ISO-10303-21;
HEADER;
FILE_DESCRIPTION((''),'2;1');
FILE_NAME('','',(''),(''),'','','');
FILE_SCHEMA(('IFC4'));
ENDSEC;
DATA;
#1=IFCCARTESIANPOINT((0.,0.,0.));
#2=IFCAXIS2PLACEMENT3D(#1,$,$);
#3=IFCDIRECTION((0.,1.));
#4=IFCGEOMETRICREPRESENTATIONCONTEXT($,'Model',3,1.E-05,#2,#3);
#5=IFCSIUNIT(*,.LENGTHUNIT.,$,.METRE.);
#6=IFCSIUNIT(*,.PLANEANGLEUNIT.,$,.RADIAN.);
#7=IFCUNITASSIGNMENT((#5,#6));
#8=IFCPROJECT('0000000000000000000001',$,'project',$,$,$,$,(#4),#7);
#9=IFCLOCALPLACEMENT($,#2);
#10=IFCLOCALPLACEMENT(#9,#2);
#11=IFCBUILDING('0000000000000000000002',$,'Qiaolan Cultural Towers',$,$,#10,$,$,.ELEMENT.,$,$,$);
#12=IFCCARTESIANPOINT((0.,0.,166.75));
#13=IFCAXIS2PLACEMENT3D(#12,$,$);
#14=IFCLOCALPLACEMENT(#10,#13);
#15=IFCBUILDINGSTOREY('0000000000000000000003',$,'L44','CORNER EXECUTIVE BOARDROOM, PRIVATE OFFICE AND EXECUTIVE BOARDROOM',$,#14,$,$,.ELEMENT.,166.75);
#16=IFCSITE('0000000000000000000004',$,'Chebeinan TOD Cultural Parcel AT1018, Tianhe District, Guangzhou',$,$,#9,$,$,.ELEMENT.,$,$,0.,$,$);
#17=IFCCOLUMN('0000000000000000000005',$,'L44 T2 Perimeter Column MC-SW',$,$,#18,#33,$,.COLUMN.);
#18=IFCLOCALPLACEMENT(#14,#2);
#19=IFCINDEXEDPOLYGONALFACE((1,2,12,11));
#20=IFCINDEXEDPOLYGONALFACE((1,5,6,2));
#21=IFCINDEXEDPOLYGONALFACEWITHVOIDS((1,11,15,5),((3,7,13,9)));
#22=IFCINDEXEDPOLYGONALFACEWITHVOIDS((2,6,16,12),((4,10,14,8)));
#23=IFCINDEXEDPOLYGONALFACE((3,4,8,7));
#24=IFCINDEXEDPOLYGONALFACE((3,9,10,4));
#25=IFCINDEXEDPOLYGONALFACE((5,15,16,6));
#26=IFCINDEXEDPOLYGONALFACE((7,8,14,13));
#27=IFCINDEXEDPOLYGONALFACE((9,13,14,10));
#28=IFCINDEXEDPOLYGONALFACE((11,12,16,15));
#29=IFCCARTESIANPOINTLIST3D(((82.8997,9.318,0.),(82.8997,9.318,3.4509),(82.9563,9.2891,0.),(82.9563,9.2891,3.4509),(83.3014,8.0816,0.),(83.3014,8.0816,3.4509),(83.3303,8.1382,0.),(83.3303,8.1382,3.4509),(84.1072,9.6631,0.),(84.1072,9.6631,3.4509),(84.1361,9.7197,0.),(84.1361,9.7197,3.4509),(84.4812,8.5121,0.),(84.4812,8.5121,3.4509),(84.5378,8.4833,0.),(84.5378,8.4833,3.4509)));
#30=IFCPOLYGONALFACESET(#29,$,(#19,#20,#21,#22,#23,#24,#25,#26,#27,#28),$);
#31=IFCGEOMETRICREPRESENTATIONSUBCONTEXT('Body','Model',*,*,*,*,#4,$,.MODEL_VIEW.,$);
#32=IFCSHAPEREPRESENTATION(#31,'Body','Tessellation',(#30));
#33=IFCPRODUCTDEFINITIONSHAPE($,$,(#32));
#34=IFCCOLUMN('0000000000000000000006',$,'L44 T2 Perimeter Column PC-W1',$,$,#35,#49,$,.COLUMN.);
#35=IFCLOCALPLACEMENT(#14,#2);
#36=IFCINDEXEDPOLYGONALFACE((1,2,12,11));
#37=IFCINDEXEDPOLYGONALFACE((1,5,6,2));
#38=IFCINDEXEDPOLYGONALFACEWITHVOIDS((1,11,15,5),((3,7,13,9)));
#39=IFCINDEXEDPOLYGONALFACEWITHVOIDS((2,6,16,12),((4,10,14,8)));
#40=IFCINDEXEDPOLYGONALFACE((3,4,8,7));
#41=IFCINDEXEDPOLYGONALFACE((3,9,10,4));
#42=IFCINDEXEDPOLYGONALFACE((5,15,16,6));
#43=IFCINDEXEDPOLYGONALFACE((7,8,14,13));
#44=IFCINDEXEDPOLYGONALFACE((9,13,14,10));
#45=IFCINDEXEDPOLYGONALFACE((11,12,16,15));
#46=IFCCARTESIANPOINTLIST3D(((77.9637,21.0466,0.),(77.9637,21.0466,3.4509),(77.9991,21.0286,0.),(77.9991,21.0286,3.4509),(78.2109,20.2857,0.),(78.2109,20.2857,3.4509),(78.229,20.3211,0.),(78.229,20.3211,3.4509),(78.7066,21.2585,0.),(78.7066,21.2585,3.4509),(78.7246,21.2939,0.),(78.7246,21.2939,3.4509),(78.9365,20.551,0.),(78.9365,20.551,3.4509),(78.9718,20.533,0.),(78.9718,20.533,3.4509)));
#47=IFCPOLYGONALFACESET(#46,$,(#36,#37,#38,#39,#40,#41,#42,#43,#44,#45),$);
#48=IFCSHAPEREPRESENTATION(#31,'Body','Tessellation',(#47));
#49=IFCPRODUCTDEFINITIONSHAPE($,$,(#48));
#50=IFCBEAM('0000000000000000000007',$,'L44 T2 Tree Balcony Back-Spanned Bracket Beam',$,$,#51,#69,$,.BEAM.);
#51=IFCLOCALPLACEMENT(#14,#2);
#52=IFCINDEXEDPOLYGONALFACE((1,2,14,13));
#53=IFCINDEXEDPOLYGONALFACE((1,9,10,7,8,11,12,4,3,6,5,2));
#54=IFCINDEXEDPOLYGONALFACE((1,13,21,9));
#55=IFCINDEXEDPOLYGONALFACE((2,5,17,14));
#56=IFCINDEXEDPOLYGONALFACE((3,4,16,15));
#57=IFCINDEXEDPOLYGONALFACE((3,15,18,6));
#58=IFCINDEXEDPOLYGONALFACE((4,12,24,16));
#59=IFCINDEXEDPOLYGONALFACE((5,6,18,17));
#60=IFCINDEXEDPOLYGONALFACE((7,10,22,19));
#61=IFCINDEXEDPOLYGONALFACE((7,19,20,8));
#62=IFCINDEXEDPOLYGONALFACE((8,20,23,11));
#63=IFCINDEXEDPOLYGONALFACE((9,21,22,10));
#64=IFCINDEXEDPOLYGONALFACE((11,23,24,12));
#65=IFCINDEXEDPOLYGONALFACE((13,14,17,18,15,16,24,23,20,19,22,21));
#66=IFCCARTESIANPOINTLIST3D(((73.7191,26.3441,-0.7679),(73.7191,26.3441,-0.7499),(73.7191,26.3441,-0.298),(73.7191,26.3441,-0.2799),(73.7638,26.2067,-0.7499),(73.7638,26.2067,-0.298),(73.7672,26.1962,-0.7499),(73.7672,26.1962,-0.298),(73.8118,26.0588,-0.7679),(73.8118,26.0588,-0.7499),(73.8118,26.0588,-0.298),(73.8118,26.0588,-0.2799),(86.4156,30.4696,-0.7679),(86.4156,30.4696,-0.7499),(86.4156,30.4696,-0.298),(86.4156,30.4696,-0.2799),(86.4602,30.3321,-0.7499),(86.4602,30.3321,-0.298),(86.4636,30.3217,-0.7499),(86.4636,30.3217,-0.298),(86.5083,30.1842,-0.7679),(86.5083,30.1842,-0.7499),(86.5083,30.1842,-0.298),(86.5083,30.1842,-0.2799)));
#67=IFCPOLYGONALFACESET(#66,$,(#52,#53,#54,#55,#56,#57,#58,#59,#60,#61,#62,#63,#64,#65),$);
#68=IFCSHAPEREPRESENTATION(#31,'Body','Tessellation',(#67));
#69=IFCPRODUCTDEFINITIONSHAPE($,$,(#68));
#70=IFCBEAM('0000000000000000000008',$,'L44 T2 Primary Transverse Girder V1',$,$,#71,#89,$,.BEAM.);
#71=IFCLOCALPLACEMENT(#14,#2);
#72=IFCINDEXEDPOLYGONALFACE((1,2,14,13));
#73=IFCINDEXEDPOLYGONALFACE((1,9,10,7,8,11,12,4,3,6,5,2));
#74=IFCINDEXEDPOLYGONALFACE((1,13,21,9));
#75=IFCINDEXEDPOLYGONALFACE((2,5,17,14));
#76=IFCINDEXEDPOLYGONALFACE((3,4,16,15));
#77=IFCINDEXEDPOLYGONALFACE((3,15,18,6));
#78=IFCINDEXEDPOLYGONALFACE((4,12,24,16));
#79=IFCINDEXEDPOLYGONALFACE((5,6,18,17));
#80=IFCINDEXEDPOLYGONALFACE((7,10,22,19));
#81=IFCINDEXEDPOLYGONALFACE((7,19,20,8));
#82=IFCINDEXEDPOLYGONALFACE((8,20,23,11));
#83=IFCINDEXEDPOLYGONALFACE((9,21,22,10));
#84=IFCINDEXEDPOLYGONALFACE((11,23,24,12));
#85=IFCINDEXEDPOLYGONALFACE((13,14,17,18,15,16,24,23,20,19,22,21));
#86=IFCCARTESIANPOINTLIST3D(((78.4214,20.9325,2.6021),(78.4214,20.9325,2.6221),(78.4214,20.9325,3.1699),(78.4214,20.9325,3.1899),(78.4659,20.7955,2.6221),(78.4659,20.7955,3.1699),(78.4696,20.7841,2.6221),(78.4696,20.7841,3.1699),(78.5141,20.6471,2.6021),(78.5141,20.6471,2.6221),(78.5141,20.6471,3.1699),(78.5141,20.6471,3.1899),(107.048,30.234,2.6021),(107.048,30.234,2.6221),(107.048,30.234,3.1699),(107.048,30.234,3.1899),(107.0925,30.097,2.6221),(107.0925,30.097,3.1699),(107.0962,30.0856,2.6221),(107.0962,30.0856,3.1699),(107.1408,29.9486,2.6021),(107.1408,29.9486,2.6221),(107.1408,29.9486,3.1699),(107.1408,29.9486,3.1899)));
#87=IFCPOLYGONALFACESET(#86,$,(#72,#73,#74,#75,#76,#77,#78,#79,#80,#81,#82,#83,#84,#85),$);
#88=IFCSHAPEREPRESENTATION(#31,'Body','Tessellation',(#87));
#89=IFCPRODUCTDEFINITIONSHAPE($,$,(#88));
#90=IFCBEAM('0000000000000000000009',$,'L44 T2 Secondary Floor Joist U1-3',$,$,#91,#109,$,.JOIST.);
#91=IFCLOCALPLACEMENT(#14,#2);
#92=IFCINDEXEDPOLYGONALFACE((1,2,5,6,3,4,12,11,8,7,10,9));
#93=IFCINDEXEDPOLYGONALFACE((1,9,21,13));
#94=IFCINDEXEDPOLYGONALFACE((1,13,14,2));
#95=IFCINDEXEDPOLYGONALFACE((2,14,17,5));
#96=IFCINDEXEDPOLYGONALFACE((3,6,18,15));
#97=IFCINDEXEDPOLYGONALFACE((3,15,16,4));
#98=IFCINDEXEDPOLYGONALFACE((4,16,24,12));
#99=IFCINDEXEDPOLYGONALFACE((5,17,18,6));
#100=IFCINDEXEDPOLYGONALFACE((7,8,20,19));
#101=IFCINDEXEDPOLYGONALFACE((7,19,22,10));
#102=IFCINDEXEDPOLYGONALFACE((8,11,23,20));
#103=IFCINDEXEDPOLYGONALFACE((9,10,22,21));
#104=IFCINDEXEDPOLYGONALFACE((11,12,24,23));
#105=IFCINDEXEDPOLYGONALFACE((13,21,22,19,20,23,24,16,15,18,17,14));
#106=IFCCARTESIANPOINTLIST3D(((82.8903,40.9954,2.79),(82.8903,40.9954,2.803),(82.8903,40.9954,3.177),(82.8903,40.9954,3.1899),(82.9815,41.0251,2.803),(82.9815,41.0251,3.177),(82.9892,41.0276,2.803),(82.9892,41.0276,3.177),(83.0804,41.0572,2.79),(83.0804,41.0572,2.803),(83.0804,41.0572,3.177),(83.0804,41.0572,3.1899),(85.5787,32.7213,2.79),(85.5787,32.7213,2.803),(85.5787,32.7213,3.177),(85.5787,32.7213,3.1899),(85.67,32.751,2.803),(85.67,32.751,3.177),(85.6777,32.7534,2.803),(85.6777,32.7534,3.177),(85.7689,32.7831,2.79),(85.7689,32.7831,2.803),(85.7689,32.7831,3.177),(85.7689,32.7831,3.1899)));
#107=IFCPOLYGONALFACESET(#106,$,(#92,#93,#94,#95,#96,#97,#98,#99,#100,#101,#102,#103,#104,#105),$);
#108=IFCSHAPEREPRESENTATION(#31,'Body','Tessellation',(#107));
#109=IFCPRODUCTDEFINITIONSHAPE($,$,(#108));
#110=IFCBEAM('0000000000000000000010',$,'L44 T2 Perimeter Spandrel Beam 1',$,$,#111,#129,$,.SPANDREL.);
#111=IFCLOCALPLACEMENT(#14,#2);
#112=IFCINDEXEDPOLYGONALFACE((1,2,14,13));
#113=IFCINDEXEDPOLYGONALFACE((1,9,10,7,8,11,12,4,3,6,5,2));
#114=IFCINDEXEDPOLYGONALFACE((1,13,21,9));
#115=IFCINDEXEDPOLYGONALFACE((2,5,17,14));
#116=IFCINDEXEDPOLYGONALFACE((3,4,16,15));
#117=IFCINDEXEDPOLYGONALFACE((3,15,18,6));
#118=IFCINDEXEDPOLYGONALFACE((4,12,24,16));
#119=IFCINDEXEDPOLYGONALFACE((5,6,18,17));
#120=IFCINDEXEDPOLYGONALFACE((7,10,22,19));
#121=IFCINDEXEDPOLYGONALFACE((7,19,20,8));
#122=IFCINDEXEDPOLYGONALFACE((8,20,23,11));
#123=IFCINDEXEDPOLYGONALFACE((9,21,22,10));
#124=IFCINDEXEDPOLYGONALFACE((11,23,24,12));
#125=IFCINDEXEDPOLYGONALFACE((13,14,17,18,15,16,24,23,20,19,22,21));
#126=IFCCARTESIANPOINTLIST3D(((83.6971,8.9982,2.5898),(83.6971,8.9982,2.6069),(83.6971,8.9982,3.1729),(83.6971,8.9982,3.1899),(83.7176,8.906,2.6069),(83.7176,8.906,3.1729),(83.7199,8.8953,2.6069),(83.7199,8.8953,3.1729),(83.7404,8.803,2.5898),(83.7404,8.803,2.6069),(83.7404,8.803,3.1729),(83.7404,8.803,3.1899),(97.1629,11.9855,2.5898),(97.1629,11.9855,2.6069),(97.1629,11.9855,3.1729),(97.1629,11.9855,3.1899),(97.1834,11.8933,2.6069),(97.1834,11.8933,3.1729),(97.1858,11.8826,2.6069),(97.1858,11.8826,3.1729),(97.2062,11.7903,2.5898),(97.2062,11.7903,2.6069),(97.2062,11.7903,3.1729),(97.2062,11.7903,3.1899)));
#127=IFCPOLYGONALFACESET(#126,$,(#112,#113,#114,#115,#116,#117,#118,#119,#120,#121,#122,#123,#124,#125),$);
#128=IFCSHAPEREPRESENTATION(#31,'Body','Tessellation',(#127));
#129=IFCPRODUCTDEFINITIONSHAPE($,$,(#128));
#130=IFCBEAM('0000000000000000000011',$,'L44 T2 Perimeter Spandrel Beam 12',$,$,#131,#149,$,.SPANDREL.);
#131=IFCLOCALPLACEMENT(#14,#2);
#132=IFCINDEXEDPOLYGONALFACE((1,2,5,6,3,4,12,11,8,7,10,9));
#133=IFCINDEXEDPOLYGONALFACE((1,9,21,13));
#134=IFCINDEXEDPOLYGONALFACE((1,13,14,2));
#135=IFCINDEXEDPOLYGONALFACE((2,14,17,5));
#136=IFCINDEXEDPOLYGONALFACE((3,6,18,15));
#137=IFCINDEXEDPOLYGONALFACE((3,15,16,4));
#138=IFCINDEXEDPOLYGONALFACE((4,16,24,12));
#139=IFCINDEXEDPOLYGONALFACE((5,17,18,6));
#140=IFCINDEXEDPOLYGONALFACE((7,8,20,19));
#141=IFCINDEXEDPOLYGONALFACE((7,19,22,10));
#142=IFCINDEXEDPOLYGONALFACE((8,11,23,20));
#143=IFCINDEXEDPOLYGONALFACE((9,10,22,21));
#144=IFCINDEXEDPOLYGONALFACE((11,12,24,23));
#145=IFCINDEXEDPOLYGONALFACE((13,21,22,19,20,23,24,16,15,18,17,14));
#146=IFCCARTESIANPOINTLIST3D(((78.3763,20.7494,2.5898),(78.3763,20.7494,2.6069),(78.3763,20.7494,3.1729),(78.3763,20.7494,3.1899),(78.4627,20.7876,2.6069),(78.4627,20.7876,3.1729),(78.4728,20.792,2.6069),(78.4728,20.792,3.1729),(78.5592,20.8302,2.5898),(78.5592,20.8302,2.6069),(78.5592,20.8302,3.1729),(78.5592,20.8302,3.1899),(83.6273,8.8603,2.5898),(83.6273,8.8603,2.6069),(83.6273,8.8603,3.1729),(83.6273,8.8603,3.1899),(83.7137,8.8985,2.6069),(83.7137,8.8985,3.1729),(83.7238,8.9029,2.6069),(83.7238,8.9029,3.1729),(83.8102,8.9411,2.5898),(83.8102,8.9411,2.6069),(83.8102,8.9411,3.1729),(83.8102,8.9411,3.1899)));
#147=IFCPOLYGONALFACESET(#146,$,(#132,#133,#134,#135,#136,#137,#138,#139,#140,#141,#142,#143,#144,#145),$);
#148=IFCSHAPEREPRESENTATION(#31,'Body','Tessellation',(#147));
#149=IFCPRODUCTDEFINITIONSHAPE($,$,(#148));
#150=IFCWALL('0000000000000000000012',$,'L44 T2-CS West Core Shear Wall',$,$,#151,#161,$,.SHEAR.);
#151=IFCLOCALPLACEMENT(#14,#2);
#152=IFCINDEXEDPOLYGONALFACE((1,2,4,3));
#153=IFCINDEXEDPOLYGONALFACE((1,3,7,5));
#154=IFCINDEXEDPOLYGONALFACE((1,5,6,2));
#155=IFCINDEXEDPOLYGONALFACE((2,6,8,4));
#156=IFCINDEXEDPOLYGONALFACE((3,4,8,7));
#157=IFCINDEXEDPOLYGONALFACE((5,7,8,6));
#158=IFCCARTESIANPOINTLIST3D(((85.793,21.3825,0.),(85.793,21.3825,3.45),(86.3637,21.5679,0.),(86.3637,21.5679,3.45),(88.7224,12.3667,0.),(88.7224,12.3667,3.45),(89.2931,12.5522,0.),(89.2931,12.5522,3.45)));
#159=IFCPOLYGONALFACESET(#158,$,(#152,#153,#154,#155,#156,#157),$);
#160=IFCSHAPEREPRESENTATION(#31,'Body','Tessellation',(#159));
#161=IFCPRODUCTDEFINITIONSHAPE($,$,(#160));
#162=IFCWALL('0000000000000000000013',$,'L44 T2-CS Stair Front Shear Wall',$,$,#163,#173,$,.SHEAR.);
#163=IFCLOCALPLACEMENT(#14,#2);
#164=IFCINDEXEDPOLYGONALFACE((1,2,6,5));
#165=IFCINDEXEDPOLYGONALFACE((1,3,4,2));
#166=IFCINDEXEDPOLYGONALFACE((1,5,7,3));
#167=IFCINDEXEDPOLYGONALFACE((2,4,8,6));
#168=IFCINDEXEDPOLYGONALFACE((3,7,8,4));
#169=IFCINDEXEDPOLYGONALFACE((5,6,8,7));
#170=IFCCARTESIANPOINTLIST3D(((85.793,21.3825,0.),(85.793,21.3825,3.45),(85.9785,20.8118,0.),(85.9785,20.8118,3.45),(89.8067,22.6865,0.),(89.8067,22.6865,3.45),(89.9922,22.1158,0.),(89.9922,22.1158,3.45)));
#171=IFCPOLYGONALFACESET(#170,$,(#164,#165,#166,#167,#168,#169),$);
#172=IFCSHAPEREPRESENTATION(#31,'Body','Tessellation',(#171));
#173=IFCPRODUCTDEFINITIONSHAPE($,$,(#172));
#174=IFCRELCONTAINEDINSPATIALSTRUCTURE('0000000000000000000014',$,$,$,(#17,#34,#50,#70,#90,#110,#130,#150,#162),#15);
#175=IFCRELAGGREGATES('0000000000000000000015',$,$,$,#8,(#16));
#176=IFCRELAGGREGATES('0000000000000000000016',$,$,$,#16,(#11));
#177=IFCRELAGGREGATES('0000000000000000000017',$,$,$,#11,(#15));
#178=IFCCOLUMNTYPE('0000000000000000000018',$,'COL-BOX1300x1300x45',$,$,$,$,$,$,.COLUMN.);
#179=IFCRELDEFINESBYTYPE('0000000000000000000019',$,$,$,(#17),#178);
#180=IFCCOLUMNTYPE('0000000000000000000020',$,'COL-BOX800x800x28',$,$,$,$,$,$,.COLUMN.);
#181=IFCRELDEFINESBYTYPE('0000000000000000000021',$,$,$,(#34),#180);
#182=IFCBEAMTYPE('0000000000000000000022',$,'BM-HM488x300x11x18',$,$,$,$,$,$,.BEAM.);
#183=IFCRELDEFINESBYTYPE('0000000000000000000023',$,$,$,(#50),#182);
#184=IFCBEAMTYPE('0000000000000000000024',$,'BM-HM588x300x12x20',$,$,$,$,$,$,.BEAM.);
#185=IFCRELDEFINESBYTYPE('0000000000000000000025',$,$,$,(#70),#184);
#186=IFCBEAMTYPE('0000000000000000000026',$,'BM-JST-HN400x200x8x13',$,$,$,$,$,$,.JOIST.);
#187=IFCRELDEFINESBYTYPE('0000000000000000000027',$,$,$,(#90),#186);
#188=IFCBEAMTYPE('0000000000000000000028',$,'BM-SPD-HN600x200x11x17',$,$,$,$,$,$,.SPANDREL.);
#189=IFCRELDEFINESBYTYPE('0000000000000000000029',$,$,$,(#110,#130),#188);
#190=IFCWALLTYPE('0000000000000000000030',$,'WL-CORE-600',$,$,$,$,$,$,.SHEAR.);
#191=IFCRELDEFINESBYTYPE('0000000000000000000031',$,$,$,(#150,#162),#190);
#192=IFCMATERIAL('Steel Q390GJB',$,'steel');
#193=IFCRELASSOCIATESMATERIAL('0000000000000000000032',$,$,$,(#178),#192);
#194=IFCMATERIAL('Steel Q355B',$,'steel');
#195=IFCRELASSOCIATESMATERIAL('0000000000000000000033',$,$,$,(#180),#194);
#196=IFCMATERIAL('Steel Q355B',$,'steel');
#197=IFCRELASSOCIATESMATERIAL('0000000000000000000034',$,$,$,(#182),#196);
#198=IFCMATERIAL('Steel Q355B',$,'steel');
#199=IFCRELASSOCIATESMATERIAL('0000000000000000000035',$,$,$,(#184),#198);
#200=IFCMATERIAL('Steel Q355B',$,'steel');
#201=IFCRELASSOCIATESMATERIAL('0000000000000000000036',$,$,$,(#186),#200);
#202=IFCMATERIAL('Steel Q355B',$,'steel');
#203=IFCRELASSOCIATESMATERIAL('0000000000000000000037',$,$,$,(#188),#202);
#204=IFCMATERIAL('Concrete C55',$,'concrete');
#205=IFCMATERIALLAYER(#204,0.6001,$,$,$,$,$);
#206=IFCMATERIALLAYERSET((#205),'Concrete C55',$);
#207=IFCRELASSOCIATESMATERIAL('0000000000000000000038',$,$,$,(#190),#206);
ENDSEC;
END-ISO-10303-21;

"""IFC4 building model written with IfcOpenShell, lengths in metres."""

from ifc_helpers import new_model, si_unit, direction, frame, frame_2d, origin, origin_2d, place, context, subcontext, project, spatial, rectangle, hollow_rectangle, i_section, extrude, material, layer, layer_set, material_profile, profile_set, type_object, element, save


model = new_model("IFC4")

# Units and contexts
model_context = context("Model", 3, precision=1e-05, world=origin(), true_north=direction((0.0, 1.0)))
body_context = subcontext(model_context, "Body", "Model", "MODEL_VIEW")
ifc_project = project(units=[si_unit("LENGTHUNIT", "METRE"), si_unit("PLANEANGLEUNIT", "RADIAN")], contexts=[model_context])

# Site, building, storey
site_placement = place(None, origin())
site = spatial("IfcSite", under=ifc_project, at=site_placement, Name="Chebeinan TOD Cultural Parcel AT1018, Tianhe District, Guangzhou", CompositionType="ELEMENT", RefElevation=0.0)
building_placement = place(site_placement, origin())
building = spatial("IfcBuilding", under=site, at=building_placement, Name="Qiaolan Cultural Towers", CompositionType="ELEMENT")
storey_placement = place(building_placement, frame((0.0, 0.0, 166.75)))
storey = spatial("IfcBuildingStorey", under=building, at=storey_placement, Name="L44", Description="CORNER EXECUTIVE BOARDROOM, PRIVATE OFFICE AND EXECUTIVE BOARDROOM", CompositionType="ELEMENT", Elevation=166.75)

# Columns
ifc_material_1 = material(Name="Steel Q390GJB", Category="steel")
ifc_material_profile_1 = material_profile(ifc_material_1, hollow_rectangle(XDim=1.3, YDim=1.3, WallThickness=0.0449, at=origin_2d()), Name="BOX1300x1300x45")
ifc_profile_set_1 = profile_set([ifc_material_profile_1], Name="Steel Q390GJB")
column_type_1 = type_object("IfcColumnType", Name="COL-BOX1300x1300x45", PredefinedType="COLUMN", material=ifc_profile_set_1)
column_1_placement = place(storey_placement, frame((83.7188, 8.9006, 0.0), z_axis=(0.0, 0.0, 1.0), x_axis=(0.951057, 0.309017, 0.0)))
element("IfcColumn", 1, at=column_1_placement, inside=storey, type_object=column_type_1, Name="L44 T2 Perimeter Column MC-SW", PredefinedType="COLUMN", context=body_context, shape_type="SweptSolid", body=[
    extrude(hollow_rectangle(XDim=1.3, YDim=1.3, WallThickness=0.0449, at=origin_2d()), origin(), (0.0, 0.0, 1.0), 3.4509),
])
ifc_material_2 = material(Name="Steel Q355B", Category="steel")
ifc_material_profile_2 = material_profile(ifc_material_2, hollow_rectangle(XDim=0.8, YDim=0.8, WallThickness=0.0281, at=origin_2d()), Name="BOX800x800x28")
ifc_profile_set_2 = profile_set([ifc_material_profile_2], Name="Steel Q355B")
column_type_2 = type_object("IfcColumnType", Name="COL-BOX800x800x28", PredefinedType="COLUMN", material=ifc_profile_set_2)
column_2_placement = place(storey_placement, frame((78.4678, 20.7898, 0.0), z_axis=(0.0, 0.0, 1.0), x_axis=(0.951057, 0.309017, 0.0)))
element("IfcColumn", 2, at=column_2_placement, inside=storey, type_object=column_type_2, Name="L44 T2 Perimeter Column PC-W1", PredefinedType="COLUMN", context=body_context, shape_type="SweptSolid", body=[
    extrude(hollow_rectangle(XDim=0.8, YDim=0.8, WallThickness=0.0281, at=origin_2d()), origin(), (0.0, 0.0, 1.0), 3.4509),
])

# Beams
ifc_material_3 = material(Name="Steel Q355B", Category="steel")
ifc_material_profile_3 = material_profile(ifc_material_3, i_section(OverallWidth=0.3, OverallDepth=0.488, WebThickness=0.011, FlangeThickness=0.0181, at=origin_2d()), Name="HM488x300x11x18")
ifc_profile_set_3 = profile_set([ifc_material_profile_3], Name="Steel Q355B")
beam_type_1 = type_object("IfcBeamType", Name="BM-HM488x300x11x18", PredefinedType="BEAM", material=ifc_profile_set_3)
beam_1_placement = place(storey_placement, frame((86.4619, 30.3269, -0.5239), z_axis=(-0.951054, -0.309026, 0.0), x_axis=(0.309026, -0.951054, 0.0)))
element("IfcBeam", 3, at=beam_1_placement, inside=storey, type_object=beam_type_1, Name="L44 T2 Tree Balcony Back-Spanned Bracket Beam", PredefinedType="BEAM", context=body_context, shape_type="SweptSolid", body=[
    extrude(i_section(OverallWidth=0.3, OverallDepth=0.488, WebThickness=0.011, FlangeThickness=0.0181, at=origin_2d()), origin(), (0.0, 0.0, 1.0), 13.3499),
])
ifc_material_4 = material(Name="Steel Q355B", Category="steel")
ifc_material_profile_4 = material_profile(ifc_material_4, i_section(OverallWidth=0.3, OverallDepth=0.5879, WebThickness=0.012, FlangeThickness=0.02, at=origin_2d()), Name="HM588x300x12x20")
ifc_profile_set_4 = profile_set([ifc_material_profile_4], Name="Steel Q355B")
beam_type_2 = type_object("IfcBeamType", Name="BM-HM588x300x12x20", PredefinedType="BEAM", material=ifc_profile_set_4)
beam_2_placement = place(storey_placement, frame((78.4678, 20.7898, 2.896), z_axis=(0.951055, 0.309021, 0.0), x_axis=(-0.309021, 0.951055, 0.0)))
element("IfcBeam", 4, at=beam_2_placement, inside=storey, type_object=beam_type_2, Name="L44 T2 Primary Transverse Girder V1", PredefinedType="BEAM", context=body_context, shape_type="SweptSolid", body=[
    extrude(i_section(OverallWidth=0.3, OverallDepth=0.5879, WebThickness=0.012, FlangeThickness=0.02, at=origin_2d()), origin(), (0.0, 0.0, 1.0), 30.0999),
])
ifc_material_5 = material(Name="Steel Q355B", Category="steel")
ifc_material_profile_5 = material_profile(ifc_material_5, i_section(OverallWidth=0.2, OverallDepth=0.3999, WebThickness=0.0081, FlangeThickness=0.0129, at=origin_2d()), Name="HN400x200x8x13")
ifc_profile_set_5 = profile_set([ifc_material_profile_5], Name="Steel Q355B")
beam_type_3 = type_object("IfcBeamType", Name="BM-JST-HN400x200x8x13", PredefinedType="JOIST", material=ifc_profile_set_5)
beam_3_placement = place(storey_placement, frame((85.6738, 32.7522, 2.99), z_axis=(-0.309021, 0.951055, 0.0), x_axis=(-0.951055, -0.309021, 0.0)))
element("IfcBeam", 5, at=beam_3_placement, inside=storey, type_object=beam_type_3, Name="L44 T2 Secondary Floor Joist U1-3", PredefinedType="JOIST", context=body_context, shape_type="SweptSolid", body=[
    extrude(i_section(OverallWidth=0.2, OverallDepth=0.3999, WebThickness=0.0081, FlangeThickness=0.0129, at=origin_2d()), origin(), (0.0, 0.0, 1.0), 8.7),
])
ifc_material_6 = material(Name="Steel Q355B", Category="steel")
ifc_material_profile_6 = material_profile(ifc_material_6, i_section(OverallWidth=0.2, OverallDepth=0.6001, WebThickness=0.011, FlangeThickness=0.0171, at=origin_2d()), Name="HN600x200x11x17")
ifc_profile_set_6 = profile_set([ifc_material_profile_6], Name="Steel Q355B")
beam_type_4 = type_object("IfcBeamType", Name="BM-SPD-HN600x200x11x17", PredefinedType="SPANDREL", material=ifc_profile_set_6)
beam_4_placement = place(storey_placement, frame((83.7188, 8.9006, 2.8899), z_axis=(0.976265, 0.216578, 0.0), x_axis=(-0.216578, 0.976265, 0.0)))
element("IfcBeam", 6, at=beam_4_placement, inside=storey, type_object=beam_type_4, Name="L44 T2 Perimeter Spandrel Beam 1", PredefinedType="SPANDREL", context=body_context, shape_type="SweptSolid", body=[
    extrude(i_section(OverallWidth=0.2, OverallDepth=0.6001, WebThickness=0.011, FlangeThickness=0.0171, at=origin_2d()), origin(), (0.0, 0.0, 1.0), 13.7932),
])
beam_5_placement = place(storey_placement, frame((78.4678, 20.7898, 2.8899), z_axis=(0.404011, -0.914754, 0.0), x_axis=(0.914754, 0.404011, 0.0)))
element("IfcBeam", 7, at=beam_5_placement, inside=storey, type_object=beam_type_4, Name="L44 T2 Perimeter Spandrel Beam 12", PredefinedType="SPANDREL", context=body_context, shape_type="SweptSolid", body=[
    extrude(i_section(OverallWidth=0.2, OverallDepth=0.6001, WebThickness=0.011, FlangeThickness=0.0171, at=origin_2d()), origin(), (0.0, 0.0, 1.0), 12.9971),
])

# Walls
ifc_material_7 = material(Name="Concrete C55", Category="concrete")
ifc_layer_1 = layer(ifc_material_7, 0.6001)
ifc_layer_set_1 = layer_set([ifc_layer_1], Name="Concrete C55")
wall_type_1 = type_object("IfcWallType", Name="WL-CORE-600", PredefinedType="SHEAR", material=ifc_layer_set_1)
wall_1_placement = place(storey_placement, frame((86.0784, 21.4751, 0.0), z_axis=(0.0, 0.0, 1.0), x_axis=(0.309018, -0.951056, 0.0)))
element("IfcWall", 8, at=wall_1_placement, inside=storey, type_object=wall_type_1, Name="L44 T2-CS West Core Shear Wall", PredefinedType="SHEAR", context=body_context, shape_type="SweptSolid", body=[
    extrude(rectangle(XDim=9.4797, YDim=0.6001, at=frame_2d((4.7397, 0.0))), origin(), (0.0, 0.0, 1.0), 3.45),
])
wall_2_placement = place(storey_placement, frame((85.8857, 21.0972, 0.0), z_axis=(0.0, 0.0, 1.0), x_axis=(0.951068, 0.308981, 0.0)))
element("IfcWall", 9, at=wall_2_placement, inside=storey, type_object=wall_type_1, Name="L44 T2-CS Stair Front Shear Wall", PredefinedType="SHEAR", context=body_context, shape_type="SweptSolid", body=[
    extrude(rectangle(XDim=4.2202, YDim=0.6001, at=frame_2d((2.1101, 0.0))), origin(), (0.0, 0.0, 1.0), 3.45),
])

save(model, "model.ifc")
